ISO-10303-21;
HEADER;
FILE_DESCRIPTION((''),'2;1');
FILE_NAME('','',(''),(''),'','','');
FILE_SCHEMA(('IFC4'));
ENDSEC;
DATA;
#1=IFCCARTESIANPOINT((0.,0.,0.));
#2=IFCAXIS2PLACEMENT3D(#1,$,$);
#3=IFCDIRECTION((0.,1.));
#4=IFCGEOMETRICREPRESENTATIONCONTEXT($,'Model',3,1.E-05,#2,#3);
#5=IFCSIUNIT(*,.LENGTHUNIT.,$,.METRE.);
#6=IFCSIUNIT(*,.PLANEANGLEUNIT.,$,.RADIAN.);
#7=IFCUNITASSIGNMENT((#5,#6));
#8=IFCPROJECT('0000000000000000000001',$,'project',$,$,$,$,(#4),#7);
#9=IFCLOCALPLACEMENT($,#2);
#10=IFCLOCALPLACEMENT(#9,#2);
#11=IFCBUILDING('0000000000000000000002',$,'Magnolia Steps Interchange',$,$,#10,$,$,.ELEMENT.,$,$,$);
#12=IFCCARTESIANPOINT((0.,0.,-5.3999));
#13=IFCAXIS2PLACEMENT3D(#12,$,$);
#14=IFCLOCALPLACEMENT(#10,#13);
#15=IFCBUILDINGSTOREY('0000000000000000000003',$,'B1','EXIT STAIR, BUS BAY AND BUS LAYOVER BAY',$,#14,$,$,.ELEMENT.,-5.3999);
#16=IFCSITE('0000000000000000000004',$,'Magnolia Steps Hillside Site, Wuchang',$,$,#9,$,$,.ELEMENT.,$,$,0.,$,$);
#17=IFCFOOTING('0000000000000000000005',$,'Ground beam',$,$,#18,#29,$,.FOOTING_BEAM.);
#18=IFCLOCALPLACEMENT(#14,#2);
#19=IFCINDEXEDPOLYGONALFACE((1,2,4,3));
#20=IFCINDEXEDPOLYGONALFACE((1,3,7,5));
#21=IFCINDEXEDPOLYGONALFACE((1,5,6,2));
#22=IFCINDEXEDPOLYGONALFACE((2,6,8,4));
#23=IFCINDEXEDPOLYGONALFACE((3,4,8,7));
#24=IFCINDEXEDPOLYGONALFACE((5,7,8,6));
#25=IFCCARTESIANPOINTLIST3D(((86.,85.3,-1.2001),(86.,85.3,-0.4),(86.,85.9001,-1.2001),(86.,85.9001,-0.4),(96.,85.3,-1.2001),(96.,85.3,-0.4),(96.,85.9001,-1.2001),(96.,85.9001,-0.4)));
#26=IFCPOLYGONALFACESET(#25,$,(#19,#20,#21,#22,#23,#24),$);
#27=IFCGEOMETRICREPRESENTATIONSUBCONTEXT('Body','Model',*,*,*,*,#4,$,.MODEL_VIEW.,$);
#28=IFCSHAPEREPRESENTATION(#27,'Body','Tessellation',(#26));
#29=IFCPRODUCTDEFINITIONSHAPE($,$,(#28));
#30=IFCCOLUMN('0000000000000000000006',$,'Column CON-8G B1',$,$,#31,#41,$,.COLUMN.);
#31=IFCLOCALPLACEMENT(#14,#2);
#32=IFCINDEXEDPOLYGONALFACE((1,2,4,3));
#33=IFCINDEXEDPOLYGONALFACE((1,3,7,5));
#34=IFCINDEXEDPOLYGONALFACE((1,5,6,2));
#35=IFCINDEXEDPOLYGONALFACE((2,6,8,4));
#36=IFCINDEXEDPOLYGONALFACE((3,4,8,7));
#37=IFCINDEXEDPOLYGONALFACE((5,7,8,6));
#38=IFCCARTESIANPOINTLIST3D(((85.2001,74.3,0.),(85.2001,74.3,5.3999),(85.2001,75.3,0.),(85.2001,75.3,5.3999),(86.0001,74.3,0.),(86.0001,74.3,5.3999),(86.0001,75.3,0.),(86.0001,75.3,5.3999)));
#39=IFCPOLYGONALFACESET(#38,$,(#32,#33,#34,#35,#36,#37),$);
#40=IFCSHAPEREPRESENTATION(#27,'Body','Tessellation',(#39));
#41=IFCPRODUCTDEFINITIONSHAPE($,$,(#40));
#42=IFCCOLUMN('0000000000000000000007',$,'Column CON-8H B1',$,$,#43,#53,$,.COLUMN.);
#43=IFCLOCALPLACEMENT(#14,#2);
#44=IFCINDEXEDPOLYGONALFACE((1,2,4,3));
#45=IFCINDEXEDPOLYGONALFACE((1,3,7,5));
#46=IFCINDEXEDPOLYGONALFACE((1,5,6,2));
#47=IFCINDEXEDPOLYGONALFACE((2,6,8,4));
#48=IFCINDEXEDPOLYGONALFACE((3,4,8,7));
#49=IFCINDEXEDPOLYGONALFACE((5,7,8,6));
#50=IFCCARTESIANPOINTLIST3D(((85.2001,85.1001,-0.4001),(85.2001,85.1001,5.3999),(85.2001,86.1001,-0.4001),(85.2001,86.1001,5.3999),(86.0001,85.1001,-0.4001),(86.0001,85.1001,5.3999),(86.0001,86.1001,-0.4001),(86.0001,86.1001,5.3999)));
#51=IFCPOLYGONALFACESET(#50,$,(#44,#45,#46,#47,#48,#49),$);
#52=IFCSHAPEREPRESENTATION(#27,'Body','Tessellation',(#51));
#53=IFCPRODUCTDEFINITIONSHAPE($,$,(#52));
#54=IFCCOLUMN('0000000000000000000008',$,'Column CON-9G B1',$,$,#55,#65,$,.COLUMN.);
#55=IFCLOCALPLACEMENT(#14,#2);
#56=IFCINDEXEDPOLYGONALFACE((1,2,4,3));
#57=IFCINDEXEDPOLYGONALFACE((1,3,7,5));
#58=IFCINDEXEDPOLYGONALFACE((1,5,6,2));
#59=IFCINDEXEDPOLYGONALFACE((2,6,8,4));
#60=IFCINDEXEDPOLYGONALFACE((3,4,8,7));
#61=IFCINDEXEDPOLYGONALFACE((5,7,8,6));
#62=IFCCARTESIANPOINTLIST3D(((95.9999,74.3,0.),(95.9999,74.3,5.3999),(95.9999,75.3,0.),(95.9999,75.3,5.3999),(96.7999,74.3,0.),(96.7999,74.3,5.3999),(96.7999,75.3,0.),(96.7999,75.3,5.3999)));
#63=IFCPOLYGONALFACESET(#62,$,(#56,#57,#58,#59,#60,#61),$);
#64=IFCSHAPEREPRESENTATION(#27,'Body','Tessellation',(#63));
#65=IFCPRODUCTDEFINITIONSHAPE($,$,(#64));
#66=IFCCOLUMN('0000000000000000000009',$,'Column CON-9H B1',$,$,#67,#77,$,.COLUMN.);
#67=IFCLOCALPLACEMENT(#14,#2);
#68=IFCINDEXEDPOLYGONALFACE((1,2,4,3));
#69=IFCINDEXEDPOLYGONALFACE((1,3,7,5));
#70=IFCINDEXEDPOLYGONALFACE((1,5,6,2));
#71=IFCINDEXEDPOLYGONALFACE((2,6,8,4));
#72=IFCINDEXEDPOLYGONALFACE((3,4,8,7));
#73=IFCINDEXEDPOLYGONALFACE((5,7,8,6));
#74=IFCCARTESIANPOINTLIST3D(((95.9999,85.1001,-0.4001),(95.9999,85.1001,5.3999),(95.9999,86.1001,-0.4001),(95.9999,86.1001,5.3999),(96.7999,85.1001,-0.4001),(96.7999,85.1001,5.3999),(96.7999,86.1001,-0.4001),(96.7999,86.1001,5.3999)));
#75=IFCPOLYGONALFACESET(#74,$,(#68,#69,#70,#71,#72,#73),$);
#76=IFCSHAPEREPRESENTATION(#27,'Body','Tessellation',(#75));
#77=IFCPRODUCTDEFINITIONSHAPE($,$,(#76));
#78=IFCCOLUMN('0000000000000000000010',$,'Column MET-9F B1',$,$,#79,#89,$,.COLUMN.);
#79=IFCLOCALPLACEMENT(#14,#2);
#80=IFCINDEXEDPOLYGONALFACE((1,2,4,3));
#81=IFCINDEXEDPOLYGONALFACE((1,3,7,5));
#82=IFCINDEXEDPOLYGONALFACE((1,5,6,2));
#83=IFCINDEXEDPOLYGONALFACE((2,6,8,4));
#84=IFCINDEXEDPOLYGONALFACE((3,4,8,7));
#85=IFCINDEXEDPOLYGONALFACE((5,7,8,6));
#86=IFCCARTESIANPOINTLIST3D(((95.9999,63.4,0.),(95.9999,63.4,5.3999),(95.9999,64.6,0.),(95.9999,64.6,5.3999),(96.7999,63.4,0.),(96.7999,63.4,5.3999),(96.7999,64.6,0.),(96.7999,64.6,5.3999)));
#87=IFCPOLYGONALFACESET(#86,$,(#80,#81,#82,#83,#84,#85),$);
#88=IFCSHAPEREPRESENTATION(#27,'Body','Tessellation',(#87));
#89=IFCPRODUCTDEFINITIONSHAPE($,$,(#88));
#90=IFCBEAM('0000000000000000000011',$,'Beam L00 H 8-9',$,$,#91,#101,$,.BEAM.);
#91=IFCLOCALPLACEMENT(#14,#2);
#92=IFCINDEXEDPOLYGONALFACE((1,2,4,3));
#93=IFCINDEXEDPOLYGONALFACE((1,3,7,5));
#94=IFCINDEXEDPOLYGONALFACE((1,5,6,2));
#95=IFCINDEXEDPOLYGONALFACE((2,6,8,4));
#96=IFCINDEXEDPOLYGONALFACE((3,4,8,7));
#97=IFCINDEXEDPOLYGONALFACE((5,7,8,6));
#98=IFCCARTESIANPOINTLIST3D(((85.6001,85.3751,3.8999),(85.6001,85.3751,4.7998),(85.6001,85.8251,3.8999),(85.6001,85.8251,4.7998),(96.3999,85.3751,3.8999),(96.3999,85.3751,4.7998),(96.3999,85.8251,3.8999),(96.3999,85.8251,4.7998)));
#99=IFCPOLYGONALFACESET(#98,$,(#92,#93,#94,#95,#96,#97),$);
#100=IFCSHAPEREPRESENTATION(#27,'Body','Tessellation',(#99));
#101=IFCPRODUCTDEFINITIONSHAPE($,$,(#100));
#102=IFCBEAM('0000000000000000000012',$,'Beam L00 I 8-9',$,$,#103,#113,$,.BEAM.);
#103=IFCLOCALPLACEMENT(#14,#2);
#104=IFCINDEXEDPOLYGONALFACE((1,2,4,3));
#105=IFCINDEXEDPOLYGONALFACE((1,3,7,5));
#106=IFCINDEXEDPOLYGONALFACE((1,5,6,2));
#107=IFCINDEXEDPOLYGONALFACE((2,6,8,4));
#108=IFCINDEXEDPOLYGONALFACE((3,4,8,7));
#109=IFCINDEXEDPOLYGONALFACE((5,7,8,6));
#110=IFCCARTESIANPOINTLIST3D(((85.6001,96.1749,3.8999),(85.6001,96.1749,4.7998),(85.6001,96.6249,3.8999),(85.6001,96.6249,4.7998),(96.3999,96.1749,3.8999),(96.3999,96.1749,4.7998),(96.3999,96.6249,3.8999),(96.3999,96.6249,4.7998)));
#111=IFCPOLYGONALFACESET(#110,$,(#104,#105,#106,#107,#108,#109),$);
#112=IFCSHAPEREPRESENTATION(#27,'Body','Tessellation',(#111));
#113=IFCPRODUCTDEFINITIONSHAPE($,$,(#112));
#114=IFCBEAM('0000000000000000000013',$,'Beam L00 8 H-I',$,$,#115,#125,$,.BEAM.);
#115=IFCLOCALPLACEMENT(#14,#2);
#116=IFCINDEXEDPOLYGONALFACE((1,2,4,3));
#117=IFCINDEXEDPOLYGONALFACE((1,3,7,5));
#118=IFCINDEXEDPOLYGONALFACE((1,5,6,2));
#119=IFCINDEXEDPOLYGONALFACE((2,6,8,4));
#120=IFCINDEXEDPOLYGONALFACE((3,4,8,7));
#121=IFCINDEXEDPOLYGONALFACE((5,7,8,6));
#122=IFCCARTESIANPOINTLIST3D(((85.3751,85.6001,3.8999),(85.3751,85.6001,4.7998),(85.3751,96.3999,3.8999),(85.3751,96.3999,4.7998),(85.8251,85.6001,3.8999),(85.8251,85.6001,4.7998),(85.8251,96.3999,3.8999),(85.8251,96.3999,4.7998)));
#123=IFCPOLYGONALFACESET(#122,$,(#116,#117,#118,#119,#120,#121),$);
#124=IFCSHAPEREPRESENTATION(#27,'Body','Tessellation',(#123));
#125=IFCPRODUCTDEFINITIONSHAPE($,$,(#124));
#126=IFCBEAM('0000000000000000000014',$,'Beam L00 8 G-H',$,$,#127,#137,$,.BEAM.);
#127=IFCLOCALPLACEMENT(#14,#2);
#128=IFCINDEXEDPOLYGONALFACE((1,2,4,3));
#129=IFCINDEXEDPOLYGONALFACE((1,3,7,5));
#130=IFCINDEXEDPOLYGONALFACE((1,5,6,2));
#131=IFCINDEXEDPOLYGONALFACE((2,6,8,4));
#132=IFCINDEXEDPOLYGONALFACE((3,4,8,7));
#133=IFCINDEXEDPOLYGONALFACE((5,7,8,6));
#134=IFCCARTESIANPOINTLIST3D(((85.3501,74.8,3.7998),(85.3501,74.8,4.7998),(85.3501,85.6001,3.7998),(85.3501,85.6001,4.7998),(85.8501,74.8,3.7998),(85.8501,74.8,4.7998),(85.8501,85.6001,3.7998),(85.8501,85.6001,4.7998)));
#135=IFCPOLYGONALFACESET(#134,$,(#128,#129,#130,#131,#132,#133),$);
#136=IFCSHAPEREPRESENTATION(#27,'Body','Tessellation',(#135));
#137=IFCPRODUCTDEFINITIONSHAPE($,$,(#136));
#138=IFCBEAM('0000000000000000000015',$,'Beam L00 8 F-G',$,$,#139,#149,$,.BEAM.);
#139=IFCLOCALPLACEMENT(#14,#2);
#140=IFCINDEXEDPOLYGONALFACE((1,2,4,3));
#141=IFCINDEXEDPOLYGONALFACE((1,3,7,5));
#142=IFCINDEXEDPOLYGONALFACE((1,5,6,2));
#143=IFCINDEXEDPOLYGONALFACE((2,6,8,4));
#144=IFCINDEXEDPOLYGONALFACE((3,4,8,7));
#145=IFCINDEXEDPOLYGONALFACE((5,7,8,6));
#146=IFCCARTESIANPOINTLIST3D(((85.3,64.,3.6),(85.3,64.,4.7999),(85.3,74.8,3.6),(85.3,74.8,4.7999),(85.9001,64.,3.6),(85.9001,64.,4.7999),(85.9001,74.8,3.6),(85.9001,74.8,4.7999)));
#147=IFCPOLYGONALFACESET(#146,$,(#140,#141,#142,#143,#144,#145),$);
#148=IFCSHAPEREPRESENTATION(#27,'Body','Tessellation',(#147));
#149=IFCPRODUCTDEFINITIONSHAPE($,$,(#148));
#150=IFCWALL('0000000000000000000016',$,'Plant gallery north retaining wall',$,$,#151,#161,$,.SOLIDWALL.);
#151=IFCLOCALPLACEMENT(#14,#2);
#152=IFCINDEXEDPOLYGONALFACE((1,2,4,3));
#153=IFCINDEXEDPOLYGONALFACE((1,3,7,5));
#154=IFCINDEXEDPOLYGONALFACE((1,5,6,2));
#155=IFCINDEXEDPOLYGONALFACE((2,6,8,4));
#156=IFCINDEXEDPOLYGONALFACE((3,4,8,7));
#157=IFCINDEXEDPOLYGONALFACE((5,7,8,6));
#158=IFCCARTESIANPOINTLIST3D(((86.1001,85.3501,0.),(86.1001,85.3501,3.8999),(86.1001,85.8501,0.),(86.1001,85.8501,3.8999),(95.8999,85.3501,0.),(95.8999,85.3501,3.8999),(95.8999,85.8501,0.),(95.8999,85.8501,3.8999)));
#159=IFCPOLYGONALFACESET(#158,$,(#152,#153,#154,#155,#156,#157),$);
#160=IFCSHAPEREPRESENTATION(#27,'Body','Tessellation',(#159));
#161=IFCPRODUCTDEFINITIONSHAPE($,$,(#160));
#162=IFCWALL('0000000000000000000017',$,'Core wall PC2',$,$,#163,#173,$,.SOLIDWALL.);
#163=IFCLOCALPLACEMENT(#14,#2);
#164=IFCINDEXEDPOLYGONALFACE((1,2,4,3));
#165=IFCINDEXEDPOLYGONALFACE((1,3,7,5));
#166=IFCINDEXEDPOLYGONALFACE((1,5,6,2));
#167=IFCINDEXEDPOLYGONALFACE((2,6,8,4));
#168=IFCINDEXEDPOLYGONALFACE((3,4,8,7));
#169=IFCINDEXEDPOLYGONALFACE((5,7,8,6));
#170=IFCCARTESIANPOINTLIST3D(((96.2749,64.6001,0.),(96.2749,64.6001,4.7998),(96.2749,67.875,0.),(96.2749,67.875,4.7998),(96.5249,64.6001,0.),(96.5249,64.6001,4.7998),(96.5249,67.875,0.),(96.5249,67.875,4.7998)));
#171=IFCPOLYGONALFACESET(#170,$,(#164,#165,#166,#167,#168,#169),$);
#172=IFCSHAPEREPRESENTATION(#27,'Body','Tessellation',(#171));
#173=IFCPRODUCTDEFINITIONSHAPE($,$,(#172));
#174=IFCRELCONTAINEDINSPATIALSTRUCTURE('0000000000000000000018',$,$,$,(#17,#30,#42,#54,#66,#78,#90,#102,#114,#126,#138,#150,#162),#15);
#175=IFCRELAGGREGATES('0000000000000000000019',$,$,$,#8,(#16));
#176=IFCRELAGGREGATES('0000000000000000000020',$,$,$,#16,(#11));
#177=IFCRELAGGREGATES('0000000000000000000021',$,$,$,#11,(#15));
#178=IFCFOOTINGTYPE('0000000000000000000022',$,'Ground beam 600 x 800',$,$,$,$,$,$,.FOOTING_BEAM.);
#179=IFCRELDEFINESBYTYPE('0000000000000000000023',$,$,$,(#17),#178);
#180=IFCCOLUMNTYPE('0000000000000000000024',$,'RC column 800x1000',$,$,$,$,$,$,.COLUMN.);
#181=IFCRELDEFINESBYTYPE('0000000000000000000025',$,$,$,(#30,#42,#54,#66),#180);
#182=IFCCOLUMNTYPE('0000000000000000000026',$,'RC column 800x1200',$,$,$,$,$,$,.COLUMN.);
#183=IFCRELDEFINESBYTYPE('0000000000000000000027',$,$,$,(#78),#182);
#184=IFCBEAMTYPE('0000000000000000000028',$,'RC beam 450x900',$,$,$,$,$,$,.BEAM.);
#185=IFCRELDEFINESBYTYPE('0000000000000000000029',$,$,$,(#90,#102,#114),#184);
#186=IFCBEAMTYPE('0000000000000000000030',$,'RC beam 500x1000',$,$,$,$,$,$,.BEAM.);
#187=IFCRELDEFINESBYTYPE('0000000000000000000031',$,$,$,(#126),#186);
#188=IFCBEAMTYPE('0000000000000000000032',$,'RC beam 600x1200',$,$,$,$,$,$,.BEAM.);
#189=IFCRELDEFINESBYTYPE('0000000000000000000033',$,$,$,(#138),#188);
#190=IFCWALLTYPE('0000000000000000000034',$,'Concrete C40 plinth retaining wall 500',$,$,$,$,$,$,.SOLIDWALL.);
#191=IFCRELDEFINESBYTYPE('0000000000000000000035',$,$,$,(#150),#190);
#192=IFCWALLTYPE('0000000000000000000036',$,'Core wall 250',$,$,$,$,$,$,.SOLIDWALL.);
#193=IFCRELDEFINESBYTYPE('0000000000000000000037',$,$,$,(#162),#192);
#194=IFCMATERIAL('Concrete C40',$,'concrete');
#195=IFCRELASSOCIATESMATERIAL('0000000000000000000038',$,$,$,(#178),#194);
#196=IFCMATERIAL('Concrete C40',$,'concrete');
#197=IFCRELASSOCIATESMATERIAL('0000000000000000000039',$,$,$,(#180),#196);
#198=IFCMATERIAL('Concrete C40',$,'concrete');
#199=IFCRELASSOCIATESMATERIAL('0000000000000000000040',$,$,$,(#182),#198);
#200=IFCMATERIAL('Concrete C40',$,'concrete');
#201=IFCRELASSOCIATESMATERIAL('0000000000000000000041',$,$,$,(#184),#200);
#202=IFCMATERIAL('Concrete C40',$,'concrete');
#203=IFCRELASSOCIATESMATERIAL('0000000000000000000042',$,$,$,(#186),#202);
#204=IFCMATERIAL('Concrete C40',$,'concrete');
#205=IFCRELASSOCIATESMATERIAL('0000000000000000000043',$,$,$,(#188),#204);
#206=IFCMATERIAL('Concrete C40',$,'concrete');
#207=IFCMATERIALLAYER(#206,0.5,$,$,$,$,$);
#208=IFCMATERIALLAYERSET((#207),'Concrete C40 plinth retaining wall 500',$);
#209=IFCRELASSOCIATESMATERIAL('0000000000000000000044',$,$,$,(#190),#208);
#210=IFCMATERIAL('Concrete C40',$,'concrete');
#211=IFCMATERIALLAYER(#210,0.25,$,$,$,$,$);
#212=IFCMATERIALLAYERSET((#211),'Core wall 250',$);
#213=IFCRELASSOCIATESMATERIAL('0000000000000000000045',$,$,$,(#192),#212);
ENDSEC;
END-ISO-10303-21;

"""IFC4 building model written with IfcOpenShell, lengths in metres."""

from ifc_helpers import new_model, si_unit, direction, frame, frame_2d, origin, origin_2d, place, context, subcontext, project, spatial, rectangle, extrude, material, layer, layer_set, material_profile, profile_set, type_object, element, save


model = new_model("IFC4")

# Units and contexts
model_context = context("Model", 3, precision=1e-05, world=origin(), true_north=direction((0.0, 1.0)))
body_context = subcontext(model_context, "Body", "Model", "MODEL_VIEW")
ifc_project = project(units=[si_unit("LENGTHUNIT", "METRE"), si_unit("PLANEANGLEUNIT", "RADIAN")], contexts=[model_context])

# Site, building, storey
site_placement = place(None, origin())
site = spatial("IfcSite", under=ifc_project, at=site_placement, Name="Magnolia Steps Hillside Site, Wuchang", CompositionType="ELEMENT", RefElevation=0.0)
building_placement = place(site_placement, origin())
building = spatial("IfcBuilding", under=site, at=building_placement, Name="Magnolia Steps Interchange", CompositionType="ELEMENT")
storey_placement = place(building_placement, frame((0.0, 0.0, -5.3999)))
storey = spatial("IfcBuildingStorey", under=building, at=storey_placement, Name="B1", Description="EXIT STAIR, BUS BAY AND BUS LAYOVER BAY", CompositionType="ELEMENT", Elevation=-5.3999)

# Footing
ifc_material_1 = material(Name="Concrete C40", Category="concrete")
ifc_material_profile_1 = material_profile(ifc_material_1, rectangle(XDim=0.6001, YDim=0.8, at=origin_2d()), Name="RC600x800")
ifc_profile_set_1 = profile_set([ifc_material_profile_1], Name="Concrete C40")
footing_type = type_object("IfcFootingType", Name="Ground beam 600 x 800", PredefinedType="FOOTING_BEAM", material=ifc_profile_set_1)
footing_placement = place(storey_placement, frame((86.0, 85.6001, -0.8), z_axis=(1.0, 0.0, 0.0), x_axis=(0.0, 1.0, 0.0)))
element("IfcFooting", 1, at=footing_placement, inside=storey, type_object=footing_type, Name="Ground beam", PredefinedType="FOOTING_BEAM", context=body_context, shape_type="SweptSolid", body=[
    extrude(rectangle(XDim=0.6001, YDim=0.8, at=origin_2d()), origin(), (0.0, 0.0, 1.0), 10.0),
])

# Columns
ifc_material_2 = material(Name="Concrete C40", Category="concrete")
ifc_material_profile_2 = material_profile(ifc_material_2, rectangle(XDim=0.8, YDim=1.0, at=origin_2d()), Name="RC800x1000")
ifc_profile_set_2 = profile_set([ifc_material_profile_2], Name="Concrete C40")
column_type_1 = type_object("IfcColumnType", Name="RC column 800x1000", PredefinedType="COLUMN", material=ifc_profile_set_2)
column_1_placement = place(storey_placement, frame((85.6001, 74.8, 0.0), z_axis=(0.0, 0.0, 1.0), x_axis=(1.0, 0.0, 0.0)))
element("IfcColumn", 2, at=column_1_placement, inside=storey, type_object=column_type_1, Name="Column CON-8G B1", PredefinedType="COLUMN", context=body_context, shape_type="SweptSolid", body=[
    extrude(rectangle(XDim=0.8, YDim=1.0, at=origin_2d()), origin(), (0.0, 0.0, 1.0), 5.3999),
])
column_2_placement = place(storey_placement, frame((85.6001, 85.6001, -0.4001), z_axis=(0.0, 0.0, 1.0), x_axis=(1.0, 0.0, 0.0)))
element("IfcColumn", 3, at=column_2_placement, inside=storey, type_object=column_type_1, Name="Column CON-8H B1", PredefinedType="COLUMN", context=body_context, shape_type="SweptSolid", body=[
    extrude(rectangle(XDim=0.8, YDim=1.0, at=origin_2d()), origin(), (0.0, 0.0, 1.0), 5.8),
])
column_3_placement = place(storey_placement, frame((96.3999, 74.8, 0.0), z_axis=(0.0, 0.0, 1.0), x_axis=(1.0, 0.0, 0.0)))
element("IfcColumn", 4, at=column_3_placement, inside=storey, type_object=column_type_1, Name="Column CON-9G B1", PredefinedType="COLUMN", context=body_context, shape_type="SweptSolid", body=[
    extrude(rectangle(XDim=0.8, YDim=1.0, at=origin_2d()), origin(), (0.0, 0.0, 1.0), 5.3999),
])
column_4_placement = place(storey_placement, frame((96.3999, 85.6001, -0.4001), z_axis=(0.0, 0.0, 1.0), x_axis=(1.0, 0.0, 0.0)))
element("IfcColumn", 5, at=column_4_placement, inside=storey, type_object=column_type_1, Name="Column CON-9H B1", PredefinedType="COLUMN", context=body_context, shape_type="SweptSolid", body=[
    extrude(rectangle(XDim=0.8, YDim=1.0, at=origin_2d()), origin(), (0.0, 0.0, 1.0), 5.8),
])
ifc_material_3 = material(Name="Concrete C40", Category="concrete")
ifc_material_profile_3 = material_profile(ifc_material_3, rectangle(XDim=0.8, YDim=1.2, at=origin_2d()), Name="RC800x1200")
ifc_profile_set_3 = profile_set([ifc_material_profile_3], Name="Concrete C40")
column_type_2 = type_object("IfcColumnType", Name="RC column 800x1200", PredefinedType="COLUMN", material=ifc_profile_set_3)
column_5_placement = place(storey_placement, frame((96.3999, 64.0, 0.0), z_axis=(0.0, 0.0, 1.0), x_axis=(1.0, 0.0, 0.0)))
element("IfcColumn", 6, at=column_5_placement, inside=storey, type_object=column_type_2, Name="Column MET-9F B1", PredefinedType="COLUMN", context=body_context, shape_type="SweptSolid", body=[
    extrude(rectangle(XDim=0.8, YDim=1.2, at=origin_2d()), origin(), (0.0, 0.0, 1.0), 5.3999),
])

# Beams
ifc_material_4 = material(Name="Concrete C40", Category="concrete")
ifc_material_profile_4 = material_profile(ifc_material_4, rectangle(XDim=0.45, YDim=0.8999, at=origin_2d()), Name="RC450x900")
ifc_profile_set_4 = profile_set([ifc_material_profile_4], Name="Concrete C40")
beam_type_1 = type_object("IfcBeamType", Name="RC beam 450x900", PredefinedType="BEAM", material=ifc_profile_set_4)
for number, where, z_axis, x_axis, name in (
    (7, (85.6001, 85.6001, 4.3499), (1.0, 0.0, 0.0), (0.0, 1.0, 0.0), "Beam L00 H 8-9"),
    (8, (85.6001, 96.3999, 4.3499), (1.0, 0.0, 0.0), (0.0, 1.0, 0.0), "Beam L00 I 8-9"),
    (9, (85.6001, 85.6001, 4.3499), (0.0, 1.0, 0.0), (-1.0, 0.0, 0.0), "Beam L00 8 H-I"),
):
    element("IfcBeam", number, at=place(storey_placement, frame(where, z_axis=z_axis, x_axis=x_axis)), inside=storey, type_object=beam_type_1, Name=name, PredefinedType="BEAM", context=body_context, shape_type="SweptSolid", body=[
        extrude(rectangle(XDim=0.45, YDim=0.8999, at=origin_2d()), origin(), (0.0, 0.0, 1.0), 10.7998),
    ])
ifc_material_5 = material(Name="Concrete C40", Category="concrete")
ifc_material_profile_5 = material_profile(ifc_material_5, rectangle(XDim=0.5, YDim=1.0, at=origin_2d()), Name="RC500x1000")
ifc_profile_set_5 = profile_set([ifc_material_profile_5], Name="Concrete C40")
beam_type_2 = type_object("IfcBeamType", Name="RC beam 500x1000", PredefinedType="BEAM", material=ifc_profile_set_5)
beam_1_placement = place(storey_placement, frame((85.6001, 74.8, 4.2998), z_axis=(0.0, 1.0, 0.0), x_axis=(-1.0, 0.0, 0.0)))
element("IfcBeam", 10, at=beam_1_placement, inside=storey, type_object=beam_type_2, Name="Beam L00 8 G-H", PredefinedType="BEAM", context=body_context, shape_type="SweptSolid", body=[
    extrude(rectangle(XDim=0.5, YDim=1.0, at=origin_2d()), origin(), (0.0, 0.0, 1.0), 10.8),
])
ifc_material_6 = material(Name="Concrete C40", Category="concrete")
ifc_material_profile_6 = material_profile(ifc_material_6, rectangle(XDim=0.6001, YDim=1.2, at=origin_2d()), Name="RC600x1200")
ifc_profile_set_6 = profile_set([ifc_material_profile_6], Name="Concrete C40")
beam_type_3 = type_object("IfcBeamType", Name="RC beam 600x1200", PredefinedType="BEAM", material=ifc_profile_set_6)
beam_2_placement = place(storey_placement, frame((85.6001, 64.0, 4.2), z_axis=(0.0, 1.0, 0.0), x_axis=(-1.0, 0.0, 0.0)))
element("IfcBeam", 11, at=beam_2_placement, inside=storey, type_object=beam_type_3, Name="Beam L00 8 F-G", PredefinedType="BEAM", context=body_context, shape_type="SweptSolid", body=[
    extrude(rectangle(XDim=0.6001, YDim=1.2, at=origin_2d()), origin(), (0.0, 0.0, 1.0), 10.8),
])

# Walls
ifc_material_7 = material(Name="Concrete C40", Category="concrete")
ifc_layer_1 = layer(ifc_material_7, 0.5)
ifc_layer_set_1 = layer_set([ifc_layer_1], Name="Concrete C40 plinth retaining wall 500")
wall_type_1 = type_object("IfcWallType", Name="Concrete C40 plinth retaining wall 500", PredefinedType="SOLIDWALL", material=ifc_layer_set_1)
wall_1_placement = place(storey_placement, frame((86.1001, 85.6001, 0.0), z_axis=(0.0, 0.0, 1.0), x_axis=(1.0, 0.0, 0.0)))
element("IfcWall", 12, at=wall_1_placement, inside=storey, type_object=wall_type_1, Name="Plant gallery north retaining wall", PredefinedType="SOLIDWALL", context=body_context, shape_type="SweptSolid", body=[
    extrude(rectangle(XDim=9.7998, YDim=0.5, at=frame_2d((4.8999, 0.0))), origin(), (0.0, 0.0, 1.0), 3.8999),
])
ifc_material_8 = material(Name="Concrete C40", Category="concrete")
ifc_layer_2 = layer(ifc_material_8, 0.25)
ifc_layer_set_2 = layer_set([ifc_layer_2], Name="Core wall 250")
wall_type_2 = type_object("IfcWallType", Name="Core wall 250", PredefinedType="SOLIDWALL", material=ifc_layer_set_2)
wall_2_placement = place(storey_placement, frame((96.3999, 67.875, 0.0), z_axis=(0.0, 0.0, 1.0), x_axis=(0.0, -1.0, 0.0)))
element("IfcWall", 13, at=wall_2_placement, inside=storey, type_object=wall_type_2, Name="Core wall PC2", PredefinedType="SOLIDWALL", context=body_context, shape_type="SweptSolid", body=[
    extrude(rectangle(XDim=3.2749, YDim=0.25, at=frame_2d((1.6375, 0.0))), origin(), (0.0, 0.0, 1.0), 4.7998),
])

save(model, "model.ifc")
